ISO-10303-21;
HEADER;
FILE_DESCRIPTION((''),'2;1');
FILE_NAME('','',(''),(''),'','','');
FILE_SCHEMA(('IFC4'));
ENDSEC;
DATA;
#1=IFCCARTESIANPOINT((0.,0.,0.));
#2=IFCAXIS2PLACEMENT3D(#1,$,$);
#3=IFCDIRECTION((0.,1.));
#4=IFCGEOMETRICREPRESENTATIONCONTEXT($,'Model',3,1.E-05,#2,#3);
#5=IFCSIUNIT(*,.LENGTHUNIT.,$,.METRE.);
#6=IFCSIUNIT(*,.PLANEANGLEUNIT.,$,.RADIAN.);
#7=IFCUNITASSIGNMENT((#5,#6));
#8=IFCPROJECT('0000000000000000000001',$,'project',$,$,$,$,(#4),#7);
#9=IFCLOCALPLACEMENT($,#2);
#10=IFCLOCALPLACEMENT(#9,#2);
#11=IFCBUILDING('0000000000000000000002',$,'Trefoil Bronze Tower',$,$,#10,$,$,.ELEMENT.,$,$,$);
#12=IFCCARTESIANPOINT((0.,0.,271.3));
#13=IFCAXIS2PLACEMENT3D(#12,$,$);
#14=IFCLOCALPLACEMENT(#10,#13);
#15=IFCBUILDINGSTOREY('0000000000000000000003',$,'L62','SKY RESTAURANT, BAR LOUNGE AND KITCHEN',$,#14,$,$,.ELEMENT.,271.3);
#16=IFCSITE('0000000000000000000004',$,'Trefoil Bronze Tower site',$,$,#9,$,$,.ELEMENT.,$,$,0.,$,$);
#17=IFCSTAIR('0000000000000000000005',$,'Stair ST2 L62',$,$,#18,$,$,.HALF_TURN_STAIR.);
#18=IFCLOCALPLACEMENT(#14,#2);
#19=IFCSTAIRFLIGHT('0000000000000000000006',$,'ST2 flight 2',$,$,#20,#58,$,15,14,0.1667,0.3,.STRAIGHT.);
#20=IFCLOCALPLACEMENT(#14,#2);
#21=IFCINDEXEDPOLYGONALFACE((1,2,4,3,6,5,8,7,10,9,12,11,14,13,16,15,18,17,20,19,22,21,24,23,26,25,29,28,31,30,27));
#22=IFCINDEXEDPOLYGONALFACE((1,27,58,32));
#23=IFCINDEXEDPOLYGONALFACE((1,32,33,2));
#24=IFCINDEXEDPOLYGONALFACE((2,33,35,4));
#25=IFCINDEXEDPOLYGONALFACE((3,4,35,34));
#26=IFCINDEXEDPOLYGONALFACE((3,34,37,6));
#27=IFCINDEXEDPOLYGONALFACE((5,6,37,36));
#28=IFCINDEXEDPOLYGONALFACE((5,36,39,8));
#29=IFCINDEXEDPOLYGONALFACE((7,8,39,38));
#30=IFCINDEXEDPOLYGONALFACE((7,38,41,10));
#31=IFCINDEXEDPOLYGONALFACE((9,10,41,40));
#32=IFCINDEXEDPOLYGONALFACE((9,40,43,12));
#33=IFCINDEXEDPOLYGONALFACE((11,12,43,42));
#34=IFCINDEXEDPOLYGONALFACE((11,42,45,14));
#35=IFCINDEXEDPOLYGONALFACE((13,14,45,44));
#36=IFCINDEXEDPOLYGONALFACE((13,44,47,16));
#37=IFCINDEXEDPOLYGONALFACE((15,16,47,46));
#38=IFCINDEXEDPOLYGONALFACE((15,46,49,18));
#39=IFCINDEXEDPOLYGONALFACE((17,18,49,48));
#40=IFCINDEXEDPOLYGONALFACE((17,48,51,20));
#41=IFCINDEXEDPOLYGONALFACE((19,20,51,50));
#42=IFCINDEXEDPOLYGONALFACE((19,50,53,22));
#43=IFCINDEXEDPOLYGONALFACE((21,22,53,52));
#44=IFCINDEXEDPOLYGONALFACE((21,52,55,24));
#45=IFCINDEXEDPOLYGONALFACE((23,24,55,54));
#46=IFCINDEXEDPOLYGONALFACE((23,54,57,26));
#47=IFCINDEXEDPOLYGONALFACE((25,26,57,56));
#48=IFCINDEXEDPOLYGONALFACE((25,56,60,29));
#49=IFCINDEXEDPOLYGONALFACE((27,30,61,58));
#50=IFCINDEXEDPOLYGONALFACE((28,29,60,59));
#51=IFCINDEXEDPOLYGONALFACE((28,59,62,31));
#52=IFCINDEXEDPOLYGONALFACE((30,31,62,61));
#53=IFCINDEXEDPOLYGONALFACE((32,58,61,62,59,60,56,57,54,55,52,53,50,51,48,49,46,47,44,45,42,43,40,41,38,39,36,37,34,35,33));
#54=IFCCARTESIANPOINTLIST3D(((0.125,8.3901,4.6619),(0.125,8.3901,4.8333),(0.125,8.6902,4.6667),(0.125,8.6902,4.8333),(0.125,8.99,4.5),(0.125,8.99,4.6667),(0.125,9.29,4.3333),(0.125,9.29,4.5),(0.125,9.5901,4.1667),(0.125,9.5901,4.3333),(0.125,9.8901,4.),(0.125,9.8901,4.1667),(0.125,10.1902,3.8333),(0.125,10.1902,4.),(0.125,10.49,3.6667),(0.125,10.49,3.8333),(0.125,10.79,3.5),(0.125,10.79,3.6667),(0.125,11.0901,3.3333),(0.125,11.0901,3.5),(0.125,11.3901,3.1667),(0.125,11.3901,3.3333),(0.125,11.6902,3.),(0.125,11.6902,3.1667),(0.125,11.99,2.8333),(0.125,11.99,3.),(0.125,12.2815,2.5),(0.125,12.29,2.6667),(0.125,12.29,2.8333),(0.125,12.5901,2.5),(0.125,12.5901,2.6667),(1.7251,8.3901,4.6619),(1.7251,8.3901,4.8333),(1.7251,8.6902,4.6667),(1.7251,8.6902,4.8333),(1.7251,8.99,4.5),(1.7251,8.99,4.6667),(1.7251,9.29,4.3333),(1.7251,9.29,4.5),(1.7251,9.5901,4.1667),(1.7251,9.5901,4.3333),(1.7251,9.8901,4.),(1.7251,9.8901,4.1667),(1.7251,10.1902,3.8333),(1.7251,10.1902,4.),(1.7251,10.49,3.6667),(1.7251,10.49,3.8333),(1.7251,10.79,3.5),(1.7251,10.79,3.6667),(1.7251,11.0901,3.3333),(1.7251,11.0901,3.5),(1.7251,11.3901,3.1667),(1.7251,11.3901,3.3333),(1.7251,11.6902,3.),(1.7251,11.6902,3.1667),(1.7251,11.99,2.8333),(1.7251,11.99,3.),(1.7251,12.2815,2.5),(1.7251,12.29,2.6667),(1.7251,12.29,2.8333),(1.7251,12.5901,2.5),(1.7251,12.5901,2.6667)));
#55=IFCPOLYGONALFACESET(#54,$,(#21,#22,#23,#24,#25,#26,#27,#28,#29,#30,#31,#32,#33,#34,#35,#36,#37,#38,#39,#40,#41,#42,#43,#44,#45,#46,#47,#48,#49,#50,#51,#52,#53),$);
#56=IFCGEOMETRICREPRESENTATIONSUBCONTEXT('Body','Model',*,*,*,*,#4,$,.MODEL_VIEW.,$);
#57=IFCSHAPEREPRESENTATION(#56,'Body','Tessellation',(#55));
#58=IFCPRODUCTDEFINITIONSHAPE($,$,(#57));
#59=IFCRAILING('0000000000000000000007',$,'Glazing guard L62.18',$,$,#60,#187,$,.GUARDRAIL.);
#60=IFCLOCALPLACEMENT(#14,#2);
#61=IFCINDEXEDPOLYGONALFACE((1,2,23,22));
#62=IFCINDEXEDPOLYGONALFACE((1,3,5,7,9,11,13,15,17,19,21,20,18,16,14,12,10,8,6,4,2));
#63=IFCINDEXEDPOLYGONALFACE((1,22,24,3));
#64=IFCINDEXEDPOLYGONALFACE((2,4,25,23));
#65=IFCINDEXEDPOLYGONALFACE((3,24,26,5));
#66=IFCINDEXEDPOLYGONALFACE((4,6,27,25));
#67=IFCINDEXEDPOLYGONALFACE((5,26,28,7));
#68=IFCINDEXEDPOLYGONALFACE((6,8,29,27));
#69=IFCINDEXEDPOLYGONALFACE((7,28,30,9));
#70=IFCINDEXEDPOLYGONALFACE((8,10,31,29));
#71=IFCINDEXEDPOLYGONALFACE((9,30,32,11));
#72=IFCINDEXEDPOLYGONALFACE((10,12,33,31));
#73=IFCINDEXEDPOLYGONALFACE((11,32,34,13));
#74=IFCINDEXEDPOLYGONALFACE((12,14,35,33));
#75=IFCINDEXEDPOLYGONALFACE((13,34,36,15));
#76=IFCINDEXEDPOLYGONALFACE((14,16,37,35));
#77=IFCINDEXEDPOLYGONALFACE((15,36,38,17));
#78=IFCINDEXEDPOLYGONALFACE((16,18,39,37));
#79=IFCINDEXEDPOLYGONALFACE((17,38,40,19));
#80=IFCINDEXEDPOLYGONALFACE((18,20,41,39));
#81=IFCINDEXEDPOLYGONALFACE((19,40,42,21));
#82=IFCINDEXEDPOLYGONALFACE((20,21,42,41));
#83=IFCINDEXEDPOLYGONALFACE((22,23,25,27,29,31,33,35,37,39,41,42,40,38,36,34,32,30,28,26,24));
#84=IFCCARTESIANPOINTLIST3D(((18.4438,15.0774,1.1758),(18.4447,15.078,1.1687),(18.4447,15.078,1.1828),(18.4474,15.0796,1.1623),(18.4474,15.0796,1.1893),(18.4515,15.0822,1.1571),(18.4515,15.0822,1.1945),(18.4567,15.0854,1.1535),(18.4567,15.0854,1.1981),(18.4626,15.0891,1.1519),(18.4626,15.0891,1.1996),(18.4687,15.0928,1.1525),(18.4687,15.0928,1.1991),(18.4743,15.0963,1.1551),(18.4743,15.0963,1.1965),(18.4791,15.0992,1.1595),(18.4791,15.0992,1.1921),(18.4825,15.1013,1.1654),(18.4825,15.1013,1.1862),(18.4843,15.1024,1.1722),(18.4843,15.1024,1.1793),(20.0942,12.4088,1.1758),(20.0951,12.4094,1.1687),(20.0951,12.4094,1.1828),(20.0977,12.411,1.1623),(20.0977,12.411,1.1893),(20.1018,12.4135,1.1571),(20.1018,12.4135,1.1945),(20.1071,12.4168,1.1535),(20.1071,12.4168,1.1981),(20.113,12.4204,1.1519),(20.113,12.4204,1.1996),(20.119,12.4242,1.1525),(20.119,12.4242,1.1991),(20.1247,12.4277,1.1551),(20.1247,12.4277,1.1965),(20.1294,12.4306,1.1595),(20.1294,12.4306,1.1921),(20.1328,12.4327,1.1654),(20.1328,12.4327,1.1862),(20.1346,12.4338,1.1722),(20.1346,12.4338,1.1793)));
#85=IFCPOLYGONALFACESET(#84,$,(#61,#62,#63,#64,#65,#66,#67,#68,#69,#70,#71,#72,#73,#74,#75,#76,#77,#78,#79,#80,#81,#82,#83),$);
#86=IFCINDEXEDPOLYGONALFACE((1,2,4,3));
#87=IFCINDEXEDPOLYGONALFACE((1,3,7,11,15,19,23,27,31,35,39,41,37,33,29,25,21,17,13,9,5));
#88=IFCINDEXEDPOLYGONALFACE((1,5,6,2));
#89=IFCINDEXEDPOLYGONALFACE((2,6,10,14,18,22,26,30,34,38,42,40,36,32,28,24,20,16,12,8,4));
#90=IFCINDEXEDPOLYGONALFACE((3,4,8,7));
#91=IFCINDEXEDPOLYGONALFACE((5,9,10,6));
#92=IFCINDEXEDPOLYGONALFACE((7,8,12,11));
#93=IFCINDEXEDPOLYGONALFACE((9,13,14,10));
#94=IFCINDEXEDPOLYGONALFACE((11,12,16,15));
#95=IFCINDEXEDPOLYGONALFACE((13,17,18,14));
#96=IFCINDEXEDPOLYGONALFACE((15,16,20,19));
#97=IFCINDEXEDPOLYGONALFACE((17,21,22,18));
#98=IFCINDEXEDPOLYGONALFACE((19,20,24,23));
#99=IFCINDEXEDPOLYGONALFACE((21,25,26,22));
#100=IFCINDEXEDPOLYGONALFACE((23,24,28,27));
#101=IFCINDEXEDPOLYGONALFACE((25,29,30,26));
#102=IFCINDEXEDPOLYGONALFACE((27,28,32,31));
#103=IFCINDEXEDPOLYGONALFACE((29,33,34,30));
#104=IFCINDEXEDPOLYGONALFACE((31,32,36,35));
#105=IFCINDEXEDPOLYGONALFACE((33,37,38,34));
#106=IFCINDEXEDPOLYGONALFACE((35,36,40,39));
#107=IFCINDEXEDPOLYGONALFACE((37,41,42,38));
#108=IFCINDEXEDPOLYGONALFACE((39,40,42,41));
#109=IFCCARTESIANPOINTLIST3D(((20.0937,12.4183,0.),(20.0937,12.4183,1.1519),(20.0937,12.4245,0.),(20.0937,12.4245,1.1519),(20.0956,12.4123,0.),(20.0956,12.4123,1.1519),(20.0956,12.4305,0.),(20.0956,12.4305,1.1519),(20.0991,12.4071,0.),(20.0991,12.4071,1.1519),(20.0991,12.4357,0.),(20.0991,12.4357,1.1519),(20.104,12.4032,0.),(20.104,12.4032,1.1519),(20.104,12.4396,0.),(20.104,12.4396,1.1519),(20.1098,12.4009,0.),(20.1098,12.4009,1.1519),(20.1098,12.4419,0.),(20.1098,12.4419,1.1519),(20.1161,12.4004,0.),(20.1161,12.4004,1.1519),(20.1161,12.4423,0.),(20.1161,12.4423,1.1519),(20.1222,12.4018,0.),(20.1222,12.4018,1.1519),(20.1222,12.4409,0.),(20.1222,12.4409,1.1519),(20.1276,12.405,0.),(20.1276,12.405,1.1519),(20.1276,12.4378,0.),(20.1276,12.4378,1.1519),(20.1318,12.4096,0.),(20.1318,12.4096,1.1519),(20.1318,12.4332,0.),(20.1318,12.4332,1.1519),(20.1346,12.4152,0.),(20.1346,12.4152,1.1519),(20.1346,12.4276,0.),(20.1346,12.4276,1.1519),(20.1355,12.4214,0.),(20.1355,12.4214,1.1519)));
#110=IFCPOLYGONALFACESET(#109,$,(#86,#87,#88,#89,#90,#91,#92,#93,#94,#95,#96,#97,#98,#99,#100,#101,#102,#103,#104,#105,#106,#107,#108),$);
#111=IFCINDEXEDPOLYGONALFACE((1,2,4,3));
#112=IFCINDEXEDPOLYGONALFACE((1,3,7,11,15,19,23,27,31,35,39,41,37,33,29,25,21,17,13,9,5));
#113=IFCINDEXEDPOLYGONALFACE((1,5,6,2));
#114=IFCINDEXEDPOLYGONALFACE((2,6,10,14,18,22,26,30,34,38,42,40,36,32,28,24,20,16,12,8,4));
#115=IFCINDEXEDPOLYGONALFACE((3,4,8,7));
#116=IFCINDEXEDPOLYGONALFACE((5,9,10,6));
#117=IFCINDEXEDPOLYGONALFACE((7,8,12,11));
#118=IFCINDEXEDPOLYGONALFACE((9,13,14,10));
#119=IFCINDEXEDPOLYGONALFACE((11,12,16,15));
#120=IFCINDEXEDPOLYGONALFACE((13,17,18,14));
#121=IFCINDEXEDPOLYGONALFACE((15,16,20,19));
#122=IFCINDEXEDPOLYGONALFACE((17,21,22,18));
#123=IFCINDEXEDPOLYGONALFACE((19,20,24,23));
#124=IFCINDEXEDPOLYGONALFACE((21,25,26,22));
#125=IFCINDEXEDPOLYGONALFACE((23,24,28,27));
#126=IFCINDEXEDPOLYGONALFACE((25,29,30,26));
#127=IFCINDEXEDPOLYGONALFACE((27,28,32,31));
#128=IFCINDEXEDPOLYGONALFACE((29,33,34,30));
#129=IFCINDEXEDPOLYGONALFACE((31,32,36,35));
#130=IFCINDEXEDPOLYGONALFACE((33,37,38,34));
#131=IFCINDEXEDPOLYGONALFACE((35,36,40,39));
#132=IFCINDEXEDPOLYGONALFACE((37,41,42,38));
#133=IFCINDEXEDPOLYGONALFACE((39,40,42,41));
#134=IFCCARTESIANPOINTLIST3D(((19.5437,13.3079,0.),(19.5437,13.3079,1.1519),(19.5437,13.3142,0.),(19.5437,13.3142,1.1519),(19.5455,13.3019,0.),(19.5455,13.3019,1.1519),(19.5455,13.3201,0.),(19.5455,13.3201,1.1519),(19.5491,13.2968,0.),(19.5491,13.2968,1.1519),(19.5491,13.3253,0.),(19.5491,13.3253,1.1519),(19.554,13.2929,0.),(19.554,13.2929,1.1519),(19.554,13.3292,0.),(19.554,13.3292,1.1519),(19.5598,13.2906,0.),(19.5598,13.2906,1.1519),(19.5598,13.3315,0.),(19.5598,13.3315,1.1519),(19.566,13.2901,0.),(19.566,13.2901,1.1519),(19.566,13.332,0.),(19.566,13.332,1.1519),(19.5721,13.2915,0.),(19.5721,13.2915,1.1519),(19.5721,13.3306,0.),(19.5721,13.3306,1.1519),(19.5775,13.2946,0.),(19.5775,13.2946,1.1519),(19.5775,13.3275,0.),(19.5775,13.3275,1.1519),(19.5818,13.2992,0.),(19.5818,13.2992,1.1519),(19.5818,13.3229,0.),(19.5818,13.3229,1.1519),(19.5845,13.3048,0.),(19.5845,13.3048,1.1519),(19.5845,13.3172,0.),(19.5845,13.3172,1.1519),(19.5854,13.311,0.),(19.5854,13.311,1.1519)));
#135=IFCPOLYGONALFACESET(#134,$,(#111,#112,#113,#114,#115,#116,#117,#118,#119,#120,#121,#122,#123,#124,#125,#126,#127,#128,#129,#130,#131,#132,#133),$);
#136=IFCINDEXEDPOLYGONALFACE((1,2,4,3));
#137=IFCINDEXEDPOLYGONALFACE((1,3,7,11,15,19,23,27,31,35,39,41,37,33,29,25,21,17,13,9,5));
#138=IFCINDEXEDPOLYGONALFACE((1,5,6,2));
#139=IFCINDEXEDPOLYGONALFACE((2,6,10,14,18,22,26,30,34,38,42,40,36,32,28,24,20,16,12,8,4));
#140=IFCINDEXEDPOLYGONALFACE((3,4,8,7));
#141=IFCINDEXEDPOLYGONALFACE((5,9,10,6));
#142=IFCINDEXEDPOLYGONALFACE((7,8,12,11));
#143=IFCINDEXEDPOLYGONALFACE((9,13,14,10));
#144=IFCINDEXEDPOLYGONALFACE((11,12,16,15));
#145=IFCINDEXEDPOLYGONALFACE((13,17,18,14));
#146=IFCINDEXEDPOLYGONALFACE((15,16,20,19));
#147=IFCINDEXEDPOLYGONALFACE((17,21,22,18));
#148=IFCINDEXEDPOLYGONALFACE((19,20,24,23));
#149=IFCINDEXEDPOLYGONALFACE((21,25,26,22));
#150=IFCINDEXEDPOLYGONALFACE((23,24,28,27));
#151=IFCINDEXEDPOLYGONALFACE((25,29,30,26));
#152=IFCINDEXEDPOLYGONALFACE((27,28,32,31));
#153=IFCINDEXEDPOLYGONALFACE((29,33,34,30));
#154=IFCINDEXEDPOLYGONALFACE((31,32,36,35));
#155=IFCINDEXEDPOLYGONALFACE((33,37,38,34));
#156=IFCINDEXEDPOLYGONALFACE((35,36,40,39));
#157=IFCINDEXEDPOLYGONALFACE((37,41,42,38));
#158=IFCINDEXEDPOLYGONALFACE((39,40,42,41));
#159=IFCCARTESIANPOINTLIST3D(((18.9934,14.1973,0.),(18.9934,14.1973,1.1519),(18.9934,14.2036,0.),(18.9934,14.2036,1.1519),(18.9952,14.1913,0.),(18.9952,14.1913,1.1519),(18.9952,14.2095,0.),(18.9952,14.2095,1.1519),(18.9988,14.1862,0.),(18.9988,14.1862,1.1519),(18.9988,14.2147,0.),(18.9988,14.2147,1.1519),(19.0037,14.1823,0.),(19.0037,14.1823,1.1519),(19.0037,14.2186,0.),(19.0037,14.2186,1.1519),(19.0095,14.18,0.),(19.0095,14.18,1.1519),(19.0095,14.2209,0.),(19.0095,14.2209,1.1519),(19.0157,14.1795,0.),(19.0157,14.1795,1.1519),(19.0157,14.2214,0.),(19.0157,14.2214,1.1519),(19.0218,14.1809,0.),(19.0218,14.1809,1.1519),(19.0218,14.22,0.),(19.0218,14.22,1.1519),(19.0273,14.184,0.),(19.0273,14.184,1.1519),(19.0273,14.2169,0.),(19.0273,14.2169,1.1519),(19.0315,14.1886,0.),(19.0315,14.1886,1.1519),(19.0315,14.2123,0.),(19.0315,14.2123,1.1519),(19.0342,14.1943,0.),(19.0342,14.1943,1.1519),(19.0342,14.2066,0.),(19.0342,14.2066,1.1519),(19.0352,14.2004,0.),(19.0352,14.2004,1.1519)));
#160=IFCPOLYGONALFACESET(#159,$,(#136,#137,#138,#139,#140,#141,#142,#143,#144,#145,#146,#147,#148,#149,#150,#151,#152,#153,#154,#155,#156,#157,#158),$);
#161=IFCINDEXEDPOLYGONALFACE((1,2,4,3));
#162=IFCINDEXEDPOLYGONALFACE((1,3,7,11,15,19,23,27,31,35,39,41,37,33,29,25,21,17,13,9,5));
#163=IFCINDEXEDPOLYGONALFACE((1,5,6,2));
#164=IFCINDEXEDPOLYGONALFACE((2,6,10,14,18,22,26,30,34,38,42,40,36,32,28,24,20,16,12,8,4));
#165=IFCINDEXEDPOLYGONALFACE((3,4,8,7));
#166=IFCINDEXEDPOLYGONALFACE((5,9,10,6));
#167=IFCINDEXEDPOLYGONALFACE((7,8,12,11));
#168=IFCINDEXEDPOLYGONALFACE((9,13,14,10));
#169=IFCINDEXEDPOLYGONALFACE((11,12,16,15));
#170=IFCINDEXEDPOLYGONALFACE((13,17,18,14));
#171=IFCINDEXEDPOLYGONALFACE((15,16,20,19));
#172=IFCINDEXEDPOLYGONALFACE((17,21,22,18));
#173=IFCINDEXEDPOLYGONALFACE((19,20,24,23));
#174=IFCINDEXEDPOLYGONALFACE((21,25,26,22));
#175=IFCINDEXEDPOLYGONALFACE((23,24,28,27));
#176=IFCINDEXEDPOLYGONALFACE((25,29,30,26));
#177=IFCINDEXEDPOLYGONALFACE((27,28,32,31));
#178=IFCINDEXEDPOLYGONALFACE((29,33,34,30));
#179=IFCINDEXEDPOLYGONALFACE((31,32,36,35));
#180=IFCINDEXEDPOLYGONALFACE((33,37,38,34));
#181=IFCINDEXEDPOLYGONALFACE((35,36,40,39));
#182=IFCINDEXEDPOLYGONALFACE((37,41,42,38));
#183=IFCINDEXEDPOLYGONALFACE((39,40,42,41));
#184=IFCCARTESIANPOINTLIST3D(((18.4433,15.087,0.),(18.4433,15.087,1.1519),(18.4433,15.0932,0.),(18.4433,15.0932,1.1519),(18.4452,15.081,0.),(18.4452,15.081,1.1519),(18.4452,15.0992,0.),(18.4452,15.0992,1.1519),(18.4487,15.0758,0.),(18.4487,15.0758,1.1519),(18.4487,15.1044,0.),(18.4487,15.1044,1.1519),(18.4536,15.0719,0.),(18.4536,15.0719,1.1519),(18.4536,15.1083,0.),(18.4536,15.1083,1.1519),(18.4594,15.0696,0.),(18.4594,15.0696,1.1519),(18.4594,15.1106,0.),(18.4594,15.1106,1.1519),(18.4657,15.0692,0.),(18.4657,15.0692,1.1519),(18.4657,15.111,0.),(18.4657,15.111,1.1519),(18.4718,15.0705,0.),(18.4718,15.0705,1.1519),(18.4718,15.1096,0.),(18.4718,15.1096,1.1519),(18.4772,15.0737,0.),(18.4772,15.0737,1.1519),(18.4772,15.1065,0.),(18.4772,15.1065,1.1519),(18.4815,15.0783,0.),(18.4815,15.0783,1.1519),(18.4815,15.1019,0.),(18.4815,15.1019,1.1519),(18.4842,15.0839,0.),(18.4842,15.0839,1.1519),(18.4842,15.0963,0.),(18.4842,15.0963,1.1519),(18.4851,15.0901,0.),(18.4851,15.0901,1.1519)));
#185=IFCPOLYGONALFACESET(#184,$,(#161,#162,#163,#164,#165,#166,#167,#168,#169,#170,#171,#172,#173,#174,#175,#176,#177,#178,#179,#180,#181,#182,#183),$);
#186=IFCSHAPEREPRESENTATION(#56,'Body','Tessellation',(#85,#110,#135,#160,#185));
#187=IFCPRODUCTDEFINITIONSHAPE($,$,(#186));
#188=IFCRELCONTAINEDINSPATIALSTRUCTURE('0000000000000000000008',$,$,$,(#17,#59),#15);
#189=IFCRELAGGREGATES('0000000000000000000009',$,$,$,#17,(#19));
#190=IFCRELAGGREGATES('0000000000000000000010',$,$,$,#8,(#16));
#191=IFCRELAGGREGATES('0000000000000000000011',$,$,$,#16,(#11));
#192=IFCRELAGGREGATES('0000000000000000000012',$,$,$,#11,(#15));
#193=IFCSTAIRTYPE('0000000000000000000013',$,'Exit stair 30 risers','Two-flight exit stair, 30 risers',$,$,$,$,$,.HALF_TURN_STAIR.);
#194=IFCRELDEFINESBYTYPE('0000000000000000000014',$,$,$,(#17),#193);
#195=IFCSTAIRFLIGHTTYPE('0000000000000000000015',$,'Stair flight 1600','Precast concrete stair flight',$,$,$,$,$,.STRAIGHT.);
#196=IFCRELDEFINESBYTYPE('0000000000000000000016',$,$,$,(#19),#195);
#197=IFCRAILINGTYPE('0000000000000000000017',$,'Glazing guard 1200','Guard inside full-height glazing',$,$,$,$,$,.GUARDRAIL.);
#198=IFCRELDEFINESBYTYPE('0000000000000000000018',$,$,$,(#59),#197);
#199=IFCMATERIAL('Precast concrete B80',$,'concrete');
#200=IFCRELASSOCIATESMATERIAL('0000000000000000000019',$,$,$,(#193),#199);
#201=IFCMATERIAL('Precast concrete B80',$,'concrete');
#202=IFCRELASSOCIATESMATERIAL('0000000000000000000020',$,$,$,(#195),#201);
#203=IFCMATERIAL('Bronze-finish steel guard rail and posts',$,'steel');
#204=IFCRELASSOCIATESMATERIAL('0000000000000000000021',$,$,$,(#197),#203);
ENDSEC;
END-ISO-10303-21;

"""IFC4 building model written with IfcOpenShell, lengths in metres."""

from ifc_helpers import new_model, si_unit, direction, frame, origin, origin_2d, place, context, subcontext, project, spatial, polyline, circle, outline, extrude, material, type_object, element, aggregate, save


model = new_model("IFC4")

# Units and contexts
model_context = context("Model", 3, precision=1e-05, world=origin(), true_north=direction((0.0, 1.0)))
body_context = subcontext(model_context, "Body", "Model", "MODEL_VIEW")
ifc_project = project(units=[si_unit("LENGTHUNIT", "METRE"), si_unit("PLANEANGLEUNIT", "RADIAN")], contexts=[model_context])

# Site, building, storey
site_placement = place(None, origin())
site = spatial("IfcSite", under=ifc_project, at=site_placement, Name="Trefoil Bronze Tower site", CompositionType="ELEMENT", RefElevation=0.0)
building_placement = place(site_placement, origin())
building = spatial("IfcBuilding", under=site, at=building_placement, Name="Trefoil Bronze Tower", CompositionType="ELEMENT")
storey_placement = place(building_placement, frame((0.0, 0.0, 271.3)))
storey = spatial("IfcBuildingStorey", under=building, at=storey_placement, Name="L62", Description="SKY RESTAURANT, BAR LOUNGE AND KITCHEN", CompositionType="ELEMENT", Elevation=271.3)

# Stair, stair flight
ifc_material_1 = material(Name="Precast concrete B80", Category="concrete")
stair_type = type_object("IfcStairType", Name="Exit stair 30 risers", Description="Two-flight exit stair, 30 risers", PredefinedType="HALF_TURN_STAIR", material=ifc_material_1)
stair_placement = place(storey_placement, origin())
stair = element("IfcStair", 1, at=stair_placement, inside=storey, type_object=stair_type, Name="Stair ST2 L62", PredefinedType="HALF_TURN_STAIR")
ifc_material_2 = material(Name="Precast concrete B80", Category="concrete")
stair_flight_type = type_object("IfcStairFlightType", Name="Stair flight 1600", Description="Precast concrete stair flight", PredefinedType="STRAIGHT", material=ifc_material_2)
stair_flight_placement = place(storey_placement, frame((0.925, 12.5901, 2.5), z_axis=(0.0, 0.0, 1.0), x_axis=(0.0, -1.0, 0.0)))
stair_flight = element("IfcStairFlight", 2, at=stair_flight_placement, type_object=stair_flight_type, Name="ST2 flight 2", NumberOfRisers=15, NumberOfTreads=14, PredefinedType="STRAIGHT", RiserHeight=0.1667, TreadLength=0.3, context=body_context, shape_type="SweptSolid", body=[
    extrude(outline(polyline([(0.0, 0.0), (0.0, 0.1667), (0.3, 0.1667), (0.3, 0.3333), (0.6001, 0.3333), (0.6001, 0.5), (0.8999, 0.5), (0.8999, 0.6667), (1.2, 0.6667), (1.2, 0.8333), (1.5, 0.8333), (1.5, 1.0), (1.8, 1.0), (1.8, 1.1667), (2.1001, 1.1667), (2.1001, 1.3333), (2.3999, 1.3333), (2.3999, 1.5), (2.7, 1.5), (2.7, 1.6667), (3.0, 1.6667), (3.0, 1.8333), (3.3, 1.8333), (3.3, 2.0), (3.6001, 2.0), (3.6001, 2.1667), (3.8999, 2.1667), (3.8999, 2.3333), (4.2, 2.3333), (4.2, 2.5), (4.2, 2.1619), (0.3086, 0.0), (0.0, 0.0)])), frame((0.0, 0.8, 0.0), z_axis=(0.0, -1.0, 0.0), x_axis=(1.0, 0.0, 0.0)), (0.0, 0.0, 1.0), 1.6001),
])
aggregate(stair, [stair_flight])

# Railing
ifc_material_3 = material(Name="Bronze-finish steel guard rail and posts", Category="steel")
railing_type_1 = type_object("IfcRailingType", Name="Glazing guard 1200", Description="Guard inside full-height glazing", PredefinedType="GUARDRAIL", material=ifc_material_3)
railing_1_placement = place(storey_placement, frame((20.1145, 12.4214, 0.0)))
element("IfcRailing", 3, at=railing_1_placement, inside=storey, type_object=railing_type_1, Name="Glazing guard L62.18", PredefinedType="GUARDRAIL", context=body_context, shape_type="SweptSolid", body=[
    extrude(circle(Radius=0.0239, at=origin_2d()), frame((0.0, 0.0, 1.1758), z_axis=(-0.525972, 0.850502, 0.0), x_axis=(-0.850502, -0.525972, 0.0)), (0.0, 0.0, 1.0), 3.1377),
    extrude(circle(Radius=0.021, at=origin_2d()), origin(), (0.0, 0.0, 1.0), 1.1519),
    extrude(circle(Radius=0.021, at=origin_2d()), frame((-0.55, 0.8896, 0.0)), (0.0, 0.0, 1.0), 1.1519),
    extrude(circle(Radius=0.021, at=origin_2d()), frame((-1.1003, 1.7791, 0.0)), (0.0, 0.0, 1.0), 1.1519),
    extrude(circle(Radius=0.021, at=origin_2d()), frame((-1.6504, 2.6687, 0.0)), (0.0, 0.0, 1.0), 1.1519),
])

save(model, "model.ifc")
